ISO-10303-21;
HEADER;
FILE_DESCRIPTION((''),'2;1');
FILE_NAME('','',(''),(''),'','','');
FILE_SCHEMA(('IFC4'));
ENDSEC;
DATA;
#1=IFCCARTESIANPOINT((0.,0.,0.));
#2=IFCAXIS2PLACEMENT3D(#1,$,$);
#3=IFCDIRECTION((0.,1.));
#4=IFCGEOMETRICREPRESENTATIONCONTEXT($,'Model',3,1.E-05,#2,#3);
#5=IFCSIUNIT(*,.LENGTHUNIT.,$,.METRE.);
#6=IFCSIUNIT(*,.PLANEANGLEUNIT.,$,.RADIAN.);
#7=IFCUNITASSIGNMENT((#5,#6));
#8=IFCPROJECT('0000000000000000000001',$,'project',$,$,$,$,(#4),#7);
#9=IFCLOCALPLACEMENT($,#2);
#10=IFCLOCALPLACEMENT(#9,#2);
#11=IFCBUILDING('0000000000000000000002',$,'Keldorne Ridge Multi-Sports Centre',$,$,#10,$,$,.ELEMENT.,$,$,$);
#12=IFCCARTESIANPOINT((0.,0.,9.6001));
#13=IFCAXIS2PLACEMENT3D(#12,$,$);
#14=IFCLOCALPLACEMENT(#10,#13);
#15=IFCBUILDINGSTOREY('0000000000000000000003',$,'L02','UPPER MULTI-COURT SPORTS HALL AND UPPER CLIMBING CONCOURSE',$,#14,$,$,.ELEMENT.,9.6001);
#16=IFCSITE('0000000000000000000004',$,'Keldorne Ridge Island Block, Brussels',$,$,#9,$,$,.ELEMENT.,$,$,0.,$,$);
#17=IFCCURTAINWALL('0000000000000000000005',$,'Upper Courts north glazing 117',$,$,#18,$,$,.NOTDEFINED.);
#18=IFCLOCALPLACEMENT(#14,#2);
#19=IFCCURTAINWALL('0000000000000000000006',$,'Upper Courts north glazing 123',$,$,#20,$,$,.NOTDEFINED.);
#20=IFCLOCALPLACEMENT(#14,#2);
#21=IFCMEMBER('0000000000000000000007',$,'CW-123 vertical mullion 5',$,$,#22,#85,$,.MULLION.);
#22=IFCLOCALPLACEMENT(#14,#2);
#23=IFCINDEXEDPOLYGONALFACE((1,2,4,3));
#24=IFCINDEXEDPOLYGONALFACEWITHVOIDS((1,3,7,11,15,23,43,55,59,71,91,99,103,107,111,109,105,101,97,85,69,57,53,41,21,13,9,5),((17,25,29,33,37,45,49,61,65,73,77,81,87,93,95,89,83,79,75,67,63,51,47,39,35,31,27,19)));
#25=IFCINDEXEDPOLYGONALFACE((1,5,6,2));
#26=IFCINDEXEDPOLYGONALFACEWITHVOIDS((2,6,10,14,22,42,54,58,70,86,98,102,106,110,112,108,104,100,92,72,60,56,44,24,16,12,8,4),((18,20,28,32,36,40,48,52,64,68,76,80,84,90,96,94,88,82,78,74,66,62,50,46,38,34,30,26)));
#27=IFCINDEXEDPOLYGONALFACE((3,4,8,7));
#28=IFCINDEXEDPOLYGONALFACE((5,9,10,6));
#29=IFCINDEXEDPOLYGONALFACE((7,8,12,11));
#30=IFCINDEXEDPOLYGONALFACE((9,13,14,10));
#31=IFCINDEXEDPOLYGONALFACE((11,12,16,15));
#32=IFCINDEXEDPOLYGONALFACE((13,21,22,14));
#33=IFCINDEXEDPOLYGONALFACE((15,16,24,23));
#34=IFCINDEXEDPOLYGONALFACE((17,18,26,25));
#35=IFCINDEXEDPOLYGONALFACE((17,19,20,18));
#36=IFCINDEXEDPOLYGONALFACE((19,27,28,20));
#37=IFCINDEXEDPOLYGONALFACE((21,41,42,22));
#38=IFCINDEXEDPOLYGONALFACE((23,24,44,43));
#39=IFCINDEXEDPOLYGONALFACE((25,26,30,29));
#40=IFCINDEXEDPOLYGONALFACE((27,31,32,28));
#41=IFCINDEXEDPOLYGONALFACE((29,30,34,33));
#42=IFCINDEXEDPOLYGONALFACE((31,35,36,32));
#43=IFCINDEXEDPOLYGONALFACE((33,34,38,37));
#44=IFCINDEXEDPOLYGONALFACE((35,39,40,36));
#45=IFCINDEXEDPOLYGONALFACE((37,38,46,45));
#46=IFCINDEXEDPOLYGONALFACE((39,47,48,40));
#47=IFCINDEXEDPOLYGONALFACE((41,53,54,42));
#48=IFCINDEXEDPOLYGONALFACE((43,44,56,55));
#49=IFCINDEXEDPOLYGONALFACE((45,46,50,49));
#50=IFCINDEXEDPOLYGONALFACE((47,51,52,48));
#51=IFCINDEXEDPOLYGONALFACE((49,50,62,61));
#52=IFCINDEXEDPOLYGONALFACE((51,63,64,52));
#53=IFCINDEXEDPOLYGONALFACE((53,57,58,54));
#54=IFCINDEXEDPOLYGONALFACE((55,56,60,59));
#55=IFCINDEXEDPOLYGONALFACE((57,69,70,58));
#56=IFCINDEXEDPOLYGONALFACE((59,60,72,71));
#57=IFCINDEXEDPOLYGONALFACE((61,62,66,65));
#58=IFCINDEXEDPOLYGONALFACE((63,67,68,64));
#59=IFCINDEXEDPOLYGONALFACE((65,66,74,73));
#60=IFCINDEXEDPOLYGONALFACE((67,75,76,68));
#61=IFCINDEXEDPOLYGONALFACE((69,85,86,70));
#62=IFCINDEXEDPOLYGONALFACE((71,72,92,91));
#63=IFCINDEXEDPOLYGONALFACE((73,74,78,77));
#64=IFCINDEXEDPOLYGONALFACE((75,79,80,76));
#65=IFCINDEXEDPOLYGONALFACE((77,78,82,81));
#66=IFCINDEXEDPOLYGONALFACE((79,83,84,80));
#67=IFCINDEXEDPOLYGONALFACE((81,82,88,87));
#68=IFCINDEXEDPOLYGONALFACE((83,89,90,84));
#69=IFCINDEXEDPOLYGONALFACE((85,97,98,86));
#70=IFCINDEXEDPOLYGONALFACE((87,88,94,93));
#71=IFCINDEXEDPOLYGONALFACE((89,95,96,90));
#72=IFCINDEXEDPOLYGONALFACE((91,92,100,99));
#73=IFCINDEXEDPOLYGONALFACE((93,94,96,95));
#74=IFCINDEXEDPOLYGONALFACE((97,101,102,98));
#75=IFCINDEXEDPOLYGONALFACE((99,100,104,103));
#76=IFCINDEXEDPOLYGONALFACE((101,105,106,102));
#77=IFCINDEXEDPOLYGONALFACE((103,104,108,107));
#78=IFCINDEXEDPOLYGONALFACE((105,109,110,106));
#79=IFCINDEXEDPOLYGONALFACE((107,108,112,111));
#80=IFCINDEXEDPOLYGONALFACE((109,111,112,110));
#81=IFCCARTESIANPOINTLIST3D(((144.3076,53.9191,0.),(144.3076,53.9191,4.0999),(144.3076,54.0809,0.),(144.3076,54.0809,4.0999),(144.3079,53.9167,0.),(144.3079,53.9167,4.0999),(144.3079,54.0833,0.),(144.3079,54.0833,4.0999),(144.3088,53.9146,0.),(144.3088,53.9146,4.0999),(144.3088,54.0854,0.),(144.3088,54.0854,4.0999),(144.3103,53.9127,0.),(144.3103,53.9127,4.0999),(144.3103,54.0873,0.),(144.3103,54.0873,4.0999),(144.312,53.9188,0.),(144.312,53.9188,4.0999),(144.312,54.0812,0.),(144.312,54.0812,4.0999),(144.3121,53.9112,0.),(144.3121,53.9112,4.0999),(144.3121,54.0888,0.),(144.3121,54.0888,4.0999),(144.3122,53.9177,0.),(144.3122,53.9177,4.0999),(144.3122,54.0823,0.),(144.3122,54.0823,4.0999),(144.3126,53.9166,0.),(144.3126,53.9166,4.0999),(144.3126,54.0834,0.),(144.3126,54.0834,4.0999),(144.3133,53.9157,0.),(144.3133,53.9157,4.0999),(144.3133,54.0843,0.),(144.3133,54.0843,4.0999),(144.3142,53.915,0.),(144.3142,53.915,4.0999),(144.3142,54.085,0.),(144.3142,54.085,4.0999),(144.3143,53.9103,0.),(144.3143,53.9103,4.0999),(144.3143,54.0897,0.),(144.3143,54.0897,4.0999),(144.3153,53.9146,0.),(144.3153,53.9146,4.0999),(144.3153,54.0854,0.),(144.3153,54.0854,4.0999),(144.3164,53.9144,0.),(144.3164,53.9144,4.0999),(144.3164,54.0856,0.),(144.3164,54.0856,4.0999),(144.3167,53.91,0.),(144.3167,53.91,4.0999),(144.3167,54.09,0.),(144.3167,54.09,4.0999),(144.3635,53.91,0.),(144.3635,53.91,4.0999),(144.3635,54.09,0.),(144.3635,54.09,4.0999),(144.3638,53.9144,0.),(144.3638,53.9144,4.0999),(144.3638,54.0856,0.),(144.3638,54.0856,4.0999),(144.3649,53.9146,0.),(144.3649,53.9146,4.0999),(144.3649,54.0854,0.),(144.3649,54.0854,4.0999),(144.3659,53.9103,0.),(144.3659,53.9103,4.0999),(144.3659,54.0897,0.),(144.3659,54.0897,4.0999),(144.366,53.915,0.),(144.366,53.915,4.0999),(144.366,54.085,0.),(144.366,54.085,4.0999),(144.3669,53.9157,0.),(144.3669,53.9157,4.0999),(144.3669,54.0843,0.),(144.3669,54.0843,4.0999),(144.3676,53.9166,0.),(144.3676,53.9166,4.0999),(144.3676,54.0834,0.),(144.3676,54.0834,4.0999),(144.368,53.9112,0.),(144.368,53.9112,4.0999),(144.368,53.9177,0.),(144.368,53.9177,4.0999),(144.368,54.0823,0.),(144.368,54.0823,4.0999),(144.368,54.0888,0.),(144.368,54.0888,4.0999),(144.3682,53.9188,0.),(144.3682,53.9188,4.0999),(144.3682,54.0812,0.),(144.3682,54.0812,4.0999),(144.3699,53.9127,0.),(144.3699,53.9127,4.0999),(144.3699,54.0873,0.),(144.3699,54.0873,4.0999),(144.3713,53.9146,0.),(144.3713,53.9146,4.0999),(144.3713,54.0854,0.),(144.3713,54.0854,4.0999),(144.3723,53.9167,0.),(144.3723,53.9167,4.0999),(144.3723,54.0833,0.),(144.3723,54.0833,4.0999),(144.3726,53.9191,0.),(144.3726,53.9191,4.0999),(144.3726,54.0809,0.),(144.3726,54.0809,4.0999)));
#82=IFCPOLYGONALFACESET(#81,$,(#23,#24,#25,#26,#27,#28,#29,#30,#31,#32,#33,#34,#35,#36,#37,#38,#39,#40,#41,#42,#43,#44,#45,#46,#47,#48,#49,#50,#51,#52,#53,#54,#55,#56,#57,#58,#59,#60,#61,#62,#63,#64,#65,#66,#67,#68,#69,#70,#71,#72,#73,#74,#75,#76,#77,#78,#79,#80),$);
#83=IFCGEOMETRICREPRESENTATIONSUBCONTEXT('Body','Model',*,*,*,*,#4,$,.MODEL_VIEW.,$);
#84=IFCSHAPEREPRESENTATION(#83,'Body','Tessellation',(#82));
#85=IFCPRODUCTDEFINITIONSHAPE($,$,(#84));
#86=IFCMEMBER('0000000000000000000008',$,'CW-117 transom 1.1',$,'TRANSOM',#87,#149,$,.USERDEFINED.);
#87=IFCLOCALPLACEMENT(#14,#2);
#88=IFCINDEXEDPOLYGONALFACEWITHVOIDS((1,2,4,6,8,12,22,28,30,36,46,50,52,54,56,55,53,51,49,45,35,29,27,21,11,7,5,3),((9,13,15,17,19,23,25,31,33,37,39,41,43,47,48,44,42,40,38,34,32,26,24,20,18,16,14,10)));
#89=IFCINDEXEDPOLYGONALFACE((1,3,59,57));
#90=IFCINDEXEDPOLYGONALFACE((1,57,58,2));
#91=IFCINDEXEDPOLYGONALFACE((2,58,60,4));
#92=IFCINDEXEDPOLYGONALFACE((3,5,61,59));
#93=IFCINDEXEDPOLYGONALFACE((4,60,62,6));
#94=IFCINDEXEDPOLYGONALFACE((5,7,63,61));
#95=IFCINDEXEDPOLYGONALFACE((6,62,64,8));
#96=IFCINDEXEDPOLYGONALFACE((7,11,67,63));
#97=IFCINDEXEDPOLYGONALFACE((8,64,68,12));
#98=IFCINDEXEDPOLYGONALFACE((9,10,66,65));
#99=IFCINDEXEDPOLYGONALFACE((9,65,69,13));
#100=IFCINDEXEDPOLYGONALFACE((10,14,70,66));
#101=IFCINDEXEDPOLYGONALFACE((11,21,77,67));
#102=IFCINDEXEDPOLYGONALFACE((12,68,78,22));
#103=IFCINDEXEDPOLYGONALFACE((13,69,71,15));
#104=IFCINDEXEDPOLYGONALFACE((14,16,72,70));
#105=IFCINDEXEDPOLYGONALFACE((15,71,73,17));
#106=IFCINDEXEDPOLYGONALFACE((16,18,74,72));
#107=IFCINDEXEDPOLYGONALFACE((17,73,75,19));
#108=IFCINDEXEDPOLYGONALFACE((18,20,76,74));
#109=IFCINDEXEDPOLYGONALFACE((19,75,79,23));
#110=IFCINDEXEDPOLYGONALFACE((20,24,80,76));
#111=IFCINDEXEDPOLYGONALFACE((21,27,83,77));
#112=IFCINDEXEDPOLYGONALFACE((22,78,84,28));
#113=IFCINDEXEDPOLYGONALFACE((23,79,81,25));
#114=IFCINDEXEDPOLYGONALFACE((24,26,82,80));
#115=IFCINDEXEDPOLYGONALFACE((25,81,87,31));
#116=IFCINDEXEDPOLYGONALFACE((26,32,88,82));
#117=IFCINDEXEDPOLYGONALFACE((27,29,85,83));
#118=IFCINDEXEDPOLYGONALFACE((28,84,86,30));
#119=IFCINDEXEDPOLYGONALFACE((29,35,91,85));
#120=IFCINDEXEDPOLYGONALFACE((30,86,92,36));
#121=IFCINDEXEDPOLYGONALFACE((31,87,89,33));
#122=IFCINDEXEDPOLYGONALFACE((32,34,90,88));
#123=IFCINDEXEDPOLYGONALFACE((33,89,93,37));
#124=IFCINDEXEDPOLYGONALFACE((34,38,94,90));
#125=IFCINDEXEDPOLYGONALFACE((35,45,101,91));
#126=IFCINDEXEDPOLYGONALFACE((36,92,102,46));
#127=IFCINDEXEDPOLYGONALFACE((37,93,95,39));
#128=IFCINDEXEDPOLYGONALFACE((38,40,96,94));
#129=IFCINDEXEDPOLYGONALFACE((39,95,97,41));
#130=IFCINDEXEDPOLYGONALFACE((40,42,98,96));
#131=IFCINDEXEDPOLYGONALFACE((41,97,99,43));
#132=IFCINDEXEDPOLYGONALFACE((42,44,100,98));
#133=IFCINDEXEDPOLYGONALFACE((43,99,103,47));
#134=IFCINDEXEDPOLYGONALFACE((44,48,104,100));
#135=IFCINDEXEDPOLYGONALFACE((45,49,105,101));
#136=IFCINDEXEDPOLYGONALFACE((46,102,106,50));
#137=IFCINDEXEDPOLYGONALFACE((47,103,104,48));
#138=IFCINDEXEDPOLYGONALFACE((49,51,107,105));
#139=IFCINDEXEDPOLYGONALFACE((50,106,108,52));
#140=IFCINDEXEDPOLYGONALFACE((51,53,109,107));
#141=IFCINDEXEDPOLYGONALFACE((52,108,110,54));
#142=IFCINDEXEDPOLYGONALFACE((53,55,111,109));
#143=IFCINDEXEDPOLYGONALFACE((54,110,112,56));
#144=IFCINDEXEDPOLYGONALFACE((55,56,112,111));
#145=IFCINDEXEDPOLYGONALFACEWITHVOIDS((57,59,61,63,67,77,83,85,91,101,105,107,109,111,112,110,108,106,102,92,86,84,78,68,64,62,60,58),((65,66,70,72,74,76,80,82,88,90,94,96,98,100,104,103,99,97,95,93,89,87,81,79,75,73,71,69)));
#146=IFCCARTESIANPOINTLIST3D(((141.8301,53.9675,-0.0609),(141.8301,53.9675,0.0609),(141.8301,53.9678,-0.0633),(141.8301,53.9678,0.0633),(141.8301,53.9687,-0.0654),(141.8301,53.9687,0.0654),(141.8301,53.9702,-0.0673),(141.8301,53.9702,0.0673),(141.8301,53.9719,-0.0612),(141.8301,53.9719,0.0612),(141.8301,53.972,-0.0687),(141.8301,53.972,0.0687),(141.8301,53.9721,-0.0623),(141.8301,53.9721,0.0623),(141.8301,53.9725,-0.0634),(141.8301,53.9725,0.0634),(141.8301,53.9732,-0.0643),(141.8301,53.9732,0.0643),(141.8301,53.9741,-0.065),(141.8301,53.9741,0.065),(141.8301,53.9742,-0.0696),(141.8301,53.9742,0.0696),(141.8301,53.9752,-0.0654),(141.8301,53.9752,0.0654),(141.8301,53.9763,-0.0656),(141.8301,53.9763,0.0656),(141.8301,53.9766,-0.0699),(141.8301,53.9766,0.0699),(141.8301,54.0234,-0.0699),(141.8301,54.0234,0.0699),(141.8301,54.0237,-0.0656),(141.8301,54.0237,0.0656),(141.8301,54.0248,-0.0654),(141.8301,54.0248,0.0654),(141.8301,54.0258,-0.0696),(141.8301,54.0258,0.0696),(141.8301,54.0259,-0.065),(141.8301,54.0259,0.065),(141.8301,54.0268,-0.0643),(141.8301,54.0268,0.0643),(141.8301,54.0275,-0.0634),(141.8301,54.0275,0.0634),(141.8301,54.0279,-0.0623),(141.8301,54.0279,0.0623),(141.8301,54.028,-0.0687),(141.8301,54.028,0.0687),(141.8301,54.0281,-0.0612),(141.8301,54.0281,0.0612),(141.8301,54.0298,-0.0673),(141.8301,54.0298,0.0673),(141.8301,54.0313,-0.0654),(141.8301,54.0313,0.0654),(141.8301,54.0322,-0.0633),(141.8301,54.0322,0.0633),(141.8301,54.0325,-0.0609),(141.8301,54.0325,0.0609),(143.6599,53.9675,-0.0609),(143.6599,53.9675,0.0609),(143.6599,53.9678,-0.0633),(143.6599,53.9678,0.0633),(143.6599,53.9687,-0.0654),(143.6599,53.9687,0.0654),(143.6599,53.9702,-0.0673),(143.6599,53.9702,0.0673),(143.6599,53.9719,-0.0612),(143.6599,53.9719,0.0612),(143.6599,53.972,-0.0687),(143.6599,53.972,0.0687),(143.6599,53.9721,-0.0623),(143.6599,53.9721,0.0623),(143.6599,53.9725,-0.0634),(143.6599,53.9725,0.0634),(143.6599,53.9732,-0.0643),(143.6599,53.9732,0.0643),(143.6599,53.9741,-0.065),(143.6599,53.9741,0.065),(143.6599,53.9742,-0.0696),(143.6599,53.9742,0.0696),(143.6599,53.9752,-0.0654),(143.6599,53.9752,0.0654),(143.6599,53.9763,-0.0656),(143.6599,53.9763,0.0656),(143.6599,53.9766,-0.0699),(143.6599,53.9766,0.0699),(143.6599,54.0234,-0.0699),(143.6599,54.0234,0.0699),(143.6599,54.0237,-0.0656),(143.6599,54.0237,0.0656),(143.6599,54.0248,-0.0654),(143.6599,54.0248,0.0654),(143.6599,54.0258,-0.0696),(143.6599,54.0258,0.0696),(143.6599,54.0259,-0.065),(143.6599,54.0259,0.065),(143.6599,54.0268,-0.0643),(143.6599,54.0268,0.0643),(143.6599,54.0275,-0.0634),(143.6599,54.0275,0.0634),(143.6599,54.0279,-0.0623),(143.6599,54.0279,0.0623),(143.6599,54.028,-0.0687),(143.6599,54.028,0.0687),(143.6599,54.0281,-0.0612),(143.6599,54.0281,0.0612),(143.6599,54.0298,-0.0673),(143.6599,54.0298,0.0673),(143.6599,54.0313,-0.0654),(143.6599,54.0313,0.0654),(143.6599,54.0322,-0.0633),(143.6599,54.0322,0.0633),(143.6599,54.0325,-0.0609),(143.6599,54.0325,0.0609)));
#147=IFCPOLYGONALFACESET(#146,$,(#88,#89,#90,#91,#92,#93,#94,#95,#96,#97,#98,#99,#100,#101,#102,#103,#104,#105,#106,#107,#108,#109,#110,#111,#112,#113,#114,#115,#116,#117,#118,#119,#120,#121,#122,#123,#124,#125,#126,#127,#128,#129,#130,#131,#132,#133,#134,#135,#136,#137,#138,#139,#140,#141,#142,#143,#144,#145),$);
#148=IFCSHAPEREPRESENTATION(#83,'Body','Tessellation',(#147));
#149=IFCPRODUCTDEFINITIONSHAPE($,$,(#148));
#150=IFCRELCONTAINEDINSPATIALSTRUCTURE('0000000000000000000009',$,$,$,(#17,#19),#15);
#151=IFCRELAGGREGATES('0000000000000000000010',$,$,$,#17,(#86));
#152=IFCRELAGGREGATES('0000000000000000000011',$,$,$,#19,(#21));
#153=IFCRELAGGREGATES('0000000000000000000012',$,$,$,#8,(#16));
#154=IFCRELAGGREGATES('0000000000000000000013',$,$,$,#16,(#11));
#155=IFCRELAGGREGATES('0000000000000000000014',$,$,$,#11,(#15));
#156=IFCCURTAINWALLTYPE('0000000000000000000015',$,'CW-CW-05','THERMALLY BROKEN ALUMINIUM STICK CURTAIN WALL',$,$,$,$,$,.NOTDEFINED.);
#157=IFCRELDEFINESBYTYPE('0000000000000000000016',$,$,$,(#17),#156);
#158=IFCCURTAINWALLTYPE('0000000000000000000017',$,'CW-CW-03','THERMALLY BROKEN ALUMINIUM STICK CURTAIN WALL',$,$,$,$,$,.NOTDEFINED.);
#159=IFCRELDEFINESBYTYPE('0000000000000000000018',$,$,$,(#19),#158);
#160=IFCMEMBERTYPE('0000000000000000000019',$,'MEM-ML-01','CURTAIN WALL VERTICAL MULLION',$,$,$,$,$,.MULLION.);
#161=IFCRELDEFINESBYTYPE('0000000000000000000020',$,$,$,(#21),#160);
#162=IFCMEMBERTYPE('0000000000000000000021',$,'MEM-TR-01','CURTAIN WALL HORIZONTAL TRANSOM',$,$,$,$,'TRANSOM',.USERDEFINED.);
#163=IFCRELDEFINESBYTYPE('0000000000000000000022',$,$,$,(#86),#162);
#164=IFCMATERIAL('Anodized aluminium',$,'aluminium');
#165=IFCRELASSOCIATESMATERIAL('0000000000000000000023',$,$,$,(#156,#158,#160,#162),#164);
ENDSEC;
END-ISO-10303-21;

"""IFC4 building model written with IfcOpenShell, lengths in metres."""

from ifc_helpers import new_model, si_unit, direction, frame, origin, origin_2d, place, context, subcontext, project, spatial, hollow_rectangle, extrude, material, material_profile, profile_set, type_object, element, aggregate, save


model = new_model("IFC4")

# Units and contexts
model_context = context("Model", 3, precision=1e-05, world=origin(), true_north=direction((0.0, 1.0)))
body_context = subcontext(model_context, "Body", "Model", "MODEL_VIEW")
ifc_project = project(units=[si_unit("LENGTHUNIT", "METRE"), si_unit("PLANEANGLEUNIT", "RADIAN")], contexts=[model_context])

# Site, building, storey
site_placement = place(None, origin())
site = spatial("IfcSite", under=ifc_project, at=site_placement, Name="Keldorne Ridge Island Block, Brussels", CompositionType="ELEMENT", RefElevation=0.0)
building_placement = place(site_placement, origin())
building = spatial("IfcBuilding", under=site, at=building_placement, Name="Keldorne Ridge Multi-Sports Centre", CompositionType="ELEMENT")
storey_placement = place(building_placement, frame((0.0, 0.0, 9.6001)))
storey = spatial("IfcBuildingStorey", under=building, at=storey_placement, Name="L02", Description="UPPER MULTI-COURT SPORTS HALL AND UPPER CLIMBING CONCOURSE", CompositionType="ELEMENT", Elevation=9.6001)

# Curtain walls, member
ifc_material_1 = material(Name="Anodized aluminium", Category="aluminium")
curtain_wall_type_1 = type_object("IfcCurtainWallType", Name="CW-CW-05", Description="THERMALLY BROKEN ALUMINIUM STICK CURTAIN WALL", PredefinedType="NOTDEFINED", material=ifc_material_1)
curtain_wall_1_placement = place(storey_placement, origin())
curtain_wall_1 = element("IfcCurtainWall", 1, at=curtain_wall_1_placement, inside=storey, type_object=curtain_wall_type_1, Name="Upper Courts north glazing 117", PredefinedType="NOTDEFINED")
ifc_material_profile_1 = material_profile(ifc_material_1, hollow_rectangle(XDim=0.0649, YDim=0.1799, WallThickness=0.0044, InnerFilletRadius=0.0044, OuterFilletRadius=0.009, at=origin_2d()), Name="ALU MULLION 180x65x4.5")
ifc_profile_set_1 = profile_set([ifc_material_profile_1], Name="Anodized aluminium")
member_type_1 = type_object("IfcMemberType", Name="MEM-ML-01", Description="CURTAIN WALL VERTICAL MULLION", PredefinedType="MULLION", material=ifc_profile_set_1)
curtain_wall_type_2 = type_object("IfcCurtainWallType", Name="CW-CW-03", Description="THERMALLY BROKEN ALUMINIUM STICK CURTAIN WALL", PredefinedType="NOTDEFINED", material=ifc_material_1)
curtain_wall_2_placement = place(storey_placement, origin())
curtain_wall_2 = element("IfcCurtainWall", 2, at=curtain_wall_2_placement, inside=storey, type_object=curtain_wall_type_2, Name="Upper Courts north glazing 123", PredefinedType="NOTDEFINED")
member_1_placement = place(storey_placement, frame((144.3401, 54.0, 0.0), z_axis=(0.0, 0.0, 1.0), x_axis=(1.0, 0.0, 0.0)))
member_1 = element("IfcMember", 3, at=member_1_placement, type_object=member_type_1, Name="CW-123 vertical mullion 5", PredefinedType="MULLION", context=body_context, shape_type="SweptSolid", body=[
    extrude(hollow_rectangle(XDim=0.0649, YDim=0.1799, WallThickness=0.0044, InnerFilletRadius=0.0044, OuterFilletRadius=0.009, at=origin_2d()), origin(), (0.0, 0.0, 1.0), 4.0999),
])

# Member
ifc_material_profile_2 = material_profile(ifc_material_1, hollow_rectangle(XDim=0.0649, YDim=0.1399, WallThickness=0.0044, InnerFilletRadius=0.0044, OuterFilletRadius=0.009, at=origin_2d()), Name="ALU TRANSOM 140x65x4.5")
ifc_profile_set_2 = profile_set([ifc_material_profile_2], Name="Anodized aluminium")
member_type_2 = type_object("IfcMemberType", Name="MEM-TR-01", Description="CURTAIN WALL HORIZONTAL TRANSOM", ElementType="TRANSOM", PredefinedType="USERDEFINED", material=ifc_profile_set_2)
member_2_placement = place(storey_placement, frame((143.6599, 54.0, 0.0), z_axis=(-1.0, 0.0, 0.0), x_axis=(0.0, -1.0, 0.0)))
member_2 = element("IfcMember", 4, at=member_2_placement, type_object=member_type_2, Name="CW-117 transom 1.1", ObjectType="TRANSOM", PredefinedType="USERDEFINED", context=body_context, shape_type="SweptSolid", body=[
    extrude(hollow_rectangle(XDim=0.0649, YDim=0.1399, WallThickness=0.0044, InnerFilletRadius=0.0044, OuterFilletRadius=0.009, at=origin_2d()), origin(), (0.0, 0.0, 1.0), 1.8298),
])

aggregate(curtain_wall_1, [member_2])
aggregate(curtain_wall_2, [member_1])

save(model, "model.ifc")
